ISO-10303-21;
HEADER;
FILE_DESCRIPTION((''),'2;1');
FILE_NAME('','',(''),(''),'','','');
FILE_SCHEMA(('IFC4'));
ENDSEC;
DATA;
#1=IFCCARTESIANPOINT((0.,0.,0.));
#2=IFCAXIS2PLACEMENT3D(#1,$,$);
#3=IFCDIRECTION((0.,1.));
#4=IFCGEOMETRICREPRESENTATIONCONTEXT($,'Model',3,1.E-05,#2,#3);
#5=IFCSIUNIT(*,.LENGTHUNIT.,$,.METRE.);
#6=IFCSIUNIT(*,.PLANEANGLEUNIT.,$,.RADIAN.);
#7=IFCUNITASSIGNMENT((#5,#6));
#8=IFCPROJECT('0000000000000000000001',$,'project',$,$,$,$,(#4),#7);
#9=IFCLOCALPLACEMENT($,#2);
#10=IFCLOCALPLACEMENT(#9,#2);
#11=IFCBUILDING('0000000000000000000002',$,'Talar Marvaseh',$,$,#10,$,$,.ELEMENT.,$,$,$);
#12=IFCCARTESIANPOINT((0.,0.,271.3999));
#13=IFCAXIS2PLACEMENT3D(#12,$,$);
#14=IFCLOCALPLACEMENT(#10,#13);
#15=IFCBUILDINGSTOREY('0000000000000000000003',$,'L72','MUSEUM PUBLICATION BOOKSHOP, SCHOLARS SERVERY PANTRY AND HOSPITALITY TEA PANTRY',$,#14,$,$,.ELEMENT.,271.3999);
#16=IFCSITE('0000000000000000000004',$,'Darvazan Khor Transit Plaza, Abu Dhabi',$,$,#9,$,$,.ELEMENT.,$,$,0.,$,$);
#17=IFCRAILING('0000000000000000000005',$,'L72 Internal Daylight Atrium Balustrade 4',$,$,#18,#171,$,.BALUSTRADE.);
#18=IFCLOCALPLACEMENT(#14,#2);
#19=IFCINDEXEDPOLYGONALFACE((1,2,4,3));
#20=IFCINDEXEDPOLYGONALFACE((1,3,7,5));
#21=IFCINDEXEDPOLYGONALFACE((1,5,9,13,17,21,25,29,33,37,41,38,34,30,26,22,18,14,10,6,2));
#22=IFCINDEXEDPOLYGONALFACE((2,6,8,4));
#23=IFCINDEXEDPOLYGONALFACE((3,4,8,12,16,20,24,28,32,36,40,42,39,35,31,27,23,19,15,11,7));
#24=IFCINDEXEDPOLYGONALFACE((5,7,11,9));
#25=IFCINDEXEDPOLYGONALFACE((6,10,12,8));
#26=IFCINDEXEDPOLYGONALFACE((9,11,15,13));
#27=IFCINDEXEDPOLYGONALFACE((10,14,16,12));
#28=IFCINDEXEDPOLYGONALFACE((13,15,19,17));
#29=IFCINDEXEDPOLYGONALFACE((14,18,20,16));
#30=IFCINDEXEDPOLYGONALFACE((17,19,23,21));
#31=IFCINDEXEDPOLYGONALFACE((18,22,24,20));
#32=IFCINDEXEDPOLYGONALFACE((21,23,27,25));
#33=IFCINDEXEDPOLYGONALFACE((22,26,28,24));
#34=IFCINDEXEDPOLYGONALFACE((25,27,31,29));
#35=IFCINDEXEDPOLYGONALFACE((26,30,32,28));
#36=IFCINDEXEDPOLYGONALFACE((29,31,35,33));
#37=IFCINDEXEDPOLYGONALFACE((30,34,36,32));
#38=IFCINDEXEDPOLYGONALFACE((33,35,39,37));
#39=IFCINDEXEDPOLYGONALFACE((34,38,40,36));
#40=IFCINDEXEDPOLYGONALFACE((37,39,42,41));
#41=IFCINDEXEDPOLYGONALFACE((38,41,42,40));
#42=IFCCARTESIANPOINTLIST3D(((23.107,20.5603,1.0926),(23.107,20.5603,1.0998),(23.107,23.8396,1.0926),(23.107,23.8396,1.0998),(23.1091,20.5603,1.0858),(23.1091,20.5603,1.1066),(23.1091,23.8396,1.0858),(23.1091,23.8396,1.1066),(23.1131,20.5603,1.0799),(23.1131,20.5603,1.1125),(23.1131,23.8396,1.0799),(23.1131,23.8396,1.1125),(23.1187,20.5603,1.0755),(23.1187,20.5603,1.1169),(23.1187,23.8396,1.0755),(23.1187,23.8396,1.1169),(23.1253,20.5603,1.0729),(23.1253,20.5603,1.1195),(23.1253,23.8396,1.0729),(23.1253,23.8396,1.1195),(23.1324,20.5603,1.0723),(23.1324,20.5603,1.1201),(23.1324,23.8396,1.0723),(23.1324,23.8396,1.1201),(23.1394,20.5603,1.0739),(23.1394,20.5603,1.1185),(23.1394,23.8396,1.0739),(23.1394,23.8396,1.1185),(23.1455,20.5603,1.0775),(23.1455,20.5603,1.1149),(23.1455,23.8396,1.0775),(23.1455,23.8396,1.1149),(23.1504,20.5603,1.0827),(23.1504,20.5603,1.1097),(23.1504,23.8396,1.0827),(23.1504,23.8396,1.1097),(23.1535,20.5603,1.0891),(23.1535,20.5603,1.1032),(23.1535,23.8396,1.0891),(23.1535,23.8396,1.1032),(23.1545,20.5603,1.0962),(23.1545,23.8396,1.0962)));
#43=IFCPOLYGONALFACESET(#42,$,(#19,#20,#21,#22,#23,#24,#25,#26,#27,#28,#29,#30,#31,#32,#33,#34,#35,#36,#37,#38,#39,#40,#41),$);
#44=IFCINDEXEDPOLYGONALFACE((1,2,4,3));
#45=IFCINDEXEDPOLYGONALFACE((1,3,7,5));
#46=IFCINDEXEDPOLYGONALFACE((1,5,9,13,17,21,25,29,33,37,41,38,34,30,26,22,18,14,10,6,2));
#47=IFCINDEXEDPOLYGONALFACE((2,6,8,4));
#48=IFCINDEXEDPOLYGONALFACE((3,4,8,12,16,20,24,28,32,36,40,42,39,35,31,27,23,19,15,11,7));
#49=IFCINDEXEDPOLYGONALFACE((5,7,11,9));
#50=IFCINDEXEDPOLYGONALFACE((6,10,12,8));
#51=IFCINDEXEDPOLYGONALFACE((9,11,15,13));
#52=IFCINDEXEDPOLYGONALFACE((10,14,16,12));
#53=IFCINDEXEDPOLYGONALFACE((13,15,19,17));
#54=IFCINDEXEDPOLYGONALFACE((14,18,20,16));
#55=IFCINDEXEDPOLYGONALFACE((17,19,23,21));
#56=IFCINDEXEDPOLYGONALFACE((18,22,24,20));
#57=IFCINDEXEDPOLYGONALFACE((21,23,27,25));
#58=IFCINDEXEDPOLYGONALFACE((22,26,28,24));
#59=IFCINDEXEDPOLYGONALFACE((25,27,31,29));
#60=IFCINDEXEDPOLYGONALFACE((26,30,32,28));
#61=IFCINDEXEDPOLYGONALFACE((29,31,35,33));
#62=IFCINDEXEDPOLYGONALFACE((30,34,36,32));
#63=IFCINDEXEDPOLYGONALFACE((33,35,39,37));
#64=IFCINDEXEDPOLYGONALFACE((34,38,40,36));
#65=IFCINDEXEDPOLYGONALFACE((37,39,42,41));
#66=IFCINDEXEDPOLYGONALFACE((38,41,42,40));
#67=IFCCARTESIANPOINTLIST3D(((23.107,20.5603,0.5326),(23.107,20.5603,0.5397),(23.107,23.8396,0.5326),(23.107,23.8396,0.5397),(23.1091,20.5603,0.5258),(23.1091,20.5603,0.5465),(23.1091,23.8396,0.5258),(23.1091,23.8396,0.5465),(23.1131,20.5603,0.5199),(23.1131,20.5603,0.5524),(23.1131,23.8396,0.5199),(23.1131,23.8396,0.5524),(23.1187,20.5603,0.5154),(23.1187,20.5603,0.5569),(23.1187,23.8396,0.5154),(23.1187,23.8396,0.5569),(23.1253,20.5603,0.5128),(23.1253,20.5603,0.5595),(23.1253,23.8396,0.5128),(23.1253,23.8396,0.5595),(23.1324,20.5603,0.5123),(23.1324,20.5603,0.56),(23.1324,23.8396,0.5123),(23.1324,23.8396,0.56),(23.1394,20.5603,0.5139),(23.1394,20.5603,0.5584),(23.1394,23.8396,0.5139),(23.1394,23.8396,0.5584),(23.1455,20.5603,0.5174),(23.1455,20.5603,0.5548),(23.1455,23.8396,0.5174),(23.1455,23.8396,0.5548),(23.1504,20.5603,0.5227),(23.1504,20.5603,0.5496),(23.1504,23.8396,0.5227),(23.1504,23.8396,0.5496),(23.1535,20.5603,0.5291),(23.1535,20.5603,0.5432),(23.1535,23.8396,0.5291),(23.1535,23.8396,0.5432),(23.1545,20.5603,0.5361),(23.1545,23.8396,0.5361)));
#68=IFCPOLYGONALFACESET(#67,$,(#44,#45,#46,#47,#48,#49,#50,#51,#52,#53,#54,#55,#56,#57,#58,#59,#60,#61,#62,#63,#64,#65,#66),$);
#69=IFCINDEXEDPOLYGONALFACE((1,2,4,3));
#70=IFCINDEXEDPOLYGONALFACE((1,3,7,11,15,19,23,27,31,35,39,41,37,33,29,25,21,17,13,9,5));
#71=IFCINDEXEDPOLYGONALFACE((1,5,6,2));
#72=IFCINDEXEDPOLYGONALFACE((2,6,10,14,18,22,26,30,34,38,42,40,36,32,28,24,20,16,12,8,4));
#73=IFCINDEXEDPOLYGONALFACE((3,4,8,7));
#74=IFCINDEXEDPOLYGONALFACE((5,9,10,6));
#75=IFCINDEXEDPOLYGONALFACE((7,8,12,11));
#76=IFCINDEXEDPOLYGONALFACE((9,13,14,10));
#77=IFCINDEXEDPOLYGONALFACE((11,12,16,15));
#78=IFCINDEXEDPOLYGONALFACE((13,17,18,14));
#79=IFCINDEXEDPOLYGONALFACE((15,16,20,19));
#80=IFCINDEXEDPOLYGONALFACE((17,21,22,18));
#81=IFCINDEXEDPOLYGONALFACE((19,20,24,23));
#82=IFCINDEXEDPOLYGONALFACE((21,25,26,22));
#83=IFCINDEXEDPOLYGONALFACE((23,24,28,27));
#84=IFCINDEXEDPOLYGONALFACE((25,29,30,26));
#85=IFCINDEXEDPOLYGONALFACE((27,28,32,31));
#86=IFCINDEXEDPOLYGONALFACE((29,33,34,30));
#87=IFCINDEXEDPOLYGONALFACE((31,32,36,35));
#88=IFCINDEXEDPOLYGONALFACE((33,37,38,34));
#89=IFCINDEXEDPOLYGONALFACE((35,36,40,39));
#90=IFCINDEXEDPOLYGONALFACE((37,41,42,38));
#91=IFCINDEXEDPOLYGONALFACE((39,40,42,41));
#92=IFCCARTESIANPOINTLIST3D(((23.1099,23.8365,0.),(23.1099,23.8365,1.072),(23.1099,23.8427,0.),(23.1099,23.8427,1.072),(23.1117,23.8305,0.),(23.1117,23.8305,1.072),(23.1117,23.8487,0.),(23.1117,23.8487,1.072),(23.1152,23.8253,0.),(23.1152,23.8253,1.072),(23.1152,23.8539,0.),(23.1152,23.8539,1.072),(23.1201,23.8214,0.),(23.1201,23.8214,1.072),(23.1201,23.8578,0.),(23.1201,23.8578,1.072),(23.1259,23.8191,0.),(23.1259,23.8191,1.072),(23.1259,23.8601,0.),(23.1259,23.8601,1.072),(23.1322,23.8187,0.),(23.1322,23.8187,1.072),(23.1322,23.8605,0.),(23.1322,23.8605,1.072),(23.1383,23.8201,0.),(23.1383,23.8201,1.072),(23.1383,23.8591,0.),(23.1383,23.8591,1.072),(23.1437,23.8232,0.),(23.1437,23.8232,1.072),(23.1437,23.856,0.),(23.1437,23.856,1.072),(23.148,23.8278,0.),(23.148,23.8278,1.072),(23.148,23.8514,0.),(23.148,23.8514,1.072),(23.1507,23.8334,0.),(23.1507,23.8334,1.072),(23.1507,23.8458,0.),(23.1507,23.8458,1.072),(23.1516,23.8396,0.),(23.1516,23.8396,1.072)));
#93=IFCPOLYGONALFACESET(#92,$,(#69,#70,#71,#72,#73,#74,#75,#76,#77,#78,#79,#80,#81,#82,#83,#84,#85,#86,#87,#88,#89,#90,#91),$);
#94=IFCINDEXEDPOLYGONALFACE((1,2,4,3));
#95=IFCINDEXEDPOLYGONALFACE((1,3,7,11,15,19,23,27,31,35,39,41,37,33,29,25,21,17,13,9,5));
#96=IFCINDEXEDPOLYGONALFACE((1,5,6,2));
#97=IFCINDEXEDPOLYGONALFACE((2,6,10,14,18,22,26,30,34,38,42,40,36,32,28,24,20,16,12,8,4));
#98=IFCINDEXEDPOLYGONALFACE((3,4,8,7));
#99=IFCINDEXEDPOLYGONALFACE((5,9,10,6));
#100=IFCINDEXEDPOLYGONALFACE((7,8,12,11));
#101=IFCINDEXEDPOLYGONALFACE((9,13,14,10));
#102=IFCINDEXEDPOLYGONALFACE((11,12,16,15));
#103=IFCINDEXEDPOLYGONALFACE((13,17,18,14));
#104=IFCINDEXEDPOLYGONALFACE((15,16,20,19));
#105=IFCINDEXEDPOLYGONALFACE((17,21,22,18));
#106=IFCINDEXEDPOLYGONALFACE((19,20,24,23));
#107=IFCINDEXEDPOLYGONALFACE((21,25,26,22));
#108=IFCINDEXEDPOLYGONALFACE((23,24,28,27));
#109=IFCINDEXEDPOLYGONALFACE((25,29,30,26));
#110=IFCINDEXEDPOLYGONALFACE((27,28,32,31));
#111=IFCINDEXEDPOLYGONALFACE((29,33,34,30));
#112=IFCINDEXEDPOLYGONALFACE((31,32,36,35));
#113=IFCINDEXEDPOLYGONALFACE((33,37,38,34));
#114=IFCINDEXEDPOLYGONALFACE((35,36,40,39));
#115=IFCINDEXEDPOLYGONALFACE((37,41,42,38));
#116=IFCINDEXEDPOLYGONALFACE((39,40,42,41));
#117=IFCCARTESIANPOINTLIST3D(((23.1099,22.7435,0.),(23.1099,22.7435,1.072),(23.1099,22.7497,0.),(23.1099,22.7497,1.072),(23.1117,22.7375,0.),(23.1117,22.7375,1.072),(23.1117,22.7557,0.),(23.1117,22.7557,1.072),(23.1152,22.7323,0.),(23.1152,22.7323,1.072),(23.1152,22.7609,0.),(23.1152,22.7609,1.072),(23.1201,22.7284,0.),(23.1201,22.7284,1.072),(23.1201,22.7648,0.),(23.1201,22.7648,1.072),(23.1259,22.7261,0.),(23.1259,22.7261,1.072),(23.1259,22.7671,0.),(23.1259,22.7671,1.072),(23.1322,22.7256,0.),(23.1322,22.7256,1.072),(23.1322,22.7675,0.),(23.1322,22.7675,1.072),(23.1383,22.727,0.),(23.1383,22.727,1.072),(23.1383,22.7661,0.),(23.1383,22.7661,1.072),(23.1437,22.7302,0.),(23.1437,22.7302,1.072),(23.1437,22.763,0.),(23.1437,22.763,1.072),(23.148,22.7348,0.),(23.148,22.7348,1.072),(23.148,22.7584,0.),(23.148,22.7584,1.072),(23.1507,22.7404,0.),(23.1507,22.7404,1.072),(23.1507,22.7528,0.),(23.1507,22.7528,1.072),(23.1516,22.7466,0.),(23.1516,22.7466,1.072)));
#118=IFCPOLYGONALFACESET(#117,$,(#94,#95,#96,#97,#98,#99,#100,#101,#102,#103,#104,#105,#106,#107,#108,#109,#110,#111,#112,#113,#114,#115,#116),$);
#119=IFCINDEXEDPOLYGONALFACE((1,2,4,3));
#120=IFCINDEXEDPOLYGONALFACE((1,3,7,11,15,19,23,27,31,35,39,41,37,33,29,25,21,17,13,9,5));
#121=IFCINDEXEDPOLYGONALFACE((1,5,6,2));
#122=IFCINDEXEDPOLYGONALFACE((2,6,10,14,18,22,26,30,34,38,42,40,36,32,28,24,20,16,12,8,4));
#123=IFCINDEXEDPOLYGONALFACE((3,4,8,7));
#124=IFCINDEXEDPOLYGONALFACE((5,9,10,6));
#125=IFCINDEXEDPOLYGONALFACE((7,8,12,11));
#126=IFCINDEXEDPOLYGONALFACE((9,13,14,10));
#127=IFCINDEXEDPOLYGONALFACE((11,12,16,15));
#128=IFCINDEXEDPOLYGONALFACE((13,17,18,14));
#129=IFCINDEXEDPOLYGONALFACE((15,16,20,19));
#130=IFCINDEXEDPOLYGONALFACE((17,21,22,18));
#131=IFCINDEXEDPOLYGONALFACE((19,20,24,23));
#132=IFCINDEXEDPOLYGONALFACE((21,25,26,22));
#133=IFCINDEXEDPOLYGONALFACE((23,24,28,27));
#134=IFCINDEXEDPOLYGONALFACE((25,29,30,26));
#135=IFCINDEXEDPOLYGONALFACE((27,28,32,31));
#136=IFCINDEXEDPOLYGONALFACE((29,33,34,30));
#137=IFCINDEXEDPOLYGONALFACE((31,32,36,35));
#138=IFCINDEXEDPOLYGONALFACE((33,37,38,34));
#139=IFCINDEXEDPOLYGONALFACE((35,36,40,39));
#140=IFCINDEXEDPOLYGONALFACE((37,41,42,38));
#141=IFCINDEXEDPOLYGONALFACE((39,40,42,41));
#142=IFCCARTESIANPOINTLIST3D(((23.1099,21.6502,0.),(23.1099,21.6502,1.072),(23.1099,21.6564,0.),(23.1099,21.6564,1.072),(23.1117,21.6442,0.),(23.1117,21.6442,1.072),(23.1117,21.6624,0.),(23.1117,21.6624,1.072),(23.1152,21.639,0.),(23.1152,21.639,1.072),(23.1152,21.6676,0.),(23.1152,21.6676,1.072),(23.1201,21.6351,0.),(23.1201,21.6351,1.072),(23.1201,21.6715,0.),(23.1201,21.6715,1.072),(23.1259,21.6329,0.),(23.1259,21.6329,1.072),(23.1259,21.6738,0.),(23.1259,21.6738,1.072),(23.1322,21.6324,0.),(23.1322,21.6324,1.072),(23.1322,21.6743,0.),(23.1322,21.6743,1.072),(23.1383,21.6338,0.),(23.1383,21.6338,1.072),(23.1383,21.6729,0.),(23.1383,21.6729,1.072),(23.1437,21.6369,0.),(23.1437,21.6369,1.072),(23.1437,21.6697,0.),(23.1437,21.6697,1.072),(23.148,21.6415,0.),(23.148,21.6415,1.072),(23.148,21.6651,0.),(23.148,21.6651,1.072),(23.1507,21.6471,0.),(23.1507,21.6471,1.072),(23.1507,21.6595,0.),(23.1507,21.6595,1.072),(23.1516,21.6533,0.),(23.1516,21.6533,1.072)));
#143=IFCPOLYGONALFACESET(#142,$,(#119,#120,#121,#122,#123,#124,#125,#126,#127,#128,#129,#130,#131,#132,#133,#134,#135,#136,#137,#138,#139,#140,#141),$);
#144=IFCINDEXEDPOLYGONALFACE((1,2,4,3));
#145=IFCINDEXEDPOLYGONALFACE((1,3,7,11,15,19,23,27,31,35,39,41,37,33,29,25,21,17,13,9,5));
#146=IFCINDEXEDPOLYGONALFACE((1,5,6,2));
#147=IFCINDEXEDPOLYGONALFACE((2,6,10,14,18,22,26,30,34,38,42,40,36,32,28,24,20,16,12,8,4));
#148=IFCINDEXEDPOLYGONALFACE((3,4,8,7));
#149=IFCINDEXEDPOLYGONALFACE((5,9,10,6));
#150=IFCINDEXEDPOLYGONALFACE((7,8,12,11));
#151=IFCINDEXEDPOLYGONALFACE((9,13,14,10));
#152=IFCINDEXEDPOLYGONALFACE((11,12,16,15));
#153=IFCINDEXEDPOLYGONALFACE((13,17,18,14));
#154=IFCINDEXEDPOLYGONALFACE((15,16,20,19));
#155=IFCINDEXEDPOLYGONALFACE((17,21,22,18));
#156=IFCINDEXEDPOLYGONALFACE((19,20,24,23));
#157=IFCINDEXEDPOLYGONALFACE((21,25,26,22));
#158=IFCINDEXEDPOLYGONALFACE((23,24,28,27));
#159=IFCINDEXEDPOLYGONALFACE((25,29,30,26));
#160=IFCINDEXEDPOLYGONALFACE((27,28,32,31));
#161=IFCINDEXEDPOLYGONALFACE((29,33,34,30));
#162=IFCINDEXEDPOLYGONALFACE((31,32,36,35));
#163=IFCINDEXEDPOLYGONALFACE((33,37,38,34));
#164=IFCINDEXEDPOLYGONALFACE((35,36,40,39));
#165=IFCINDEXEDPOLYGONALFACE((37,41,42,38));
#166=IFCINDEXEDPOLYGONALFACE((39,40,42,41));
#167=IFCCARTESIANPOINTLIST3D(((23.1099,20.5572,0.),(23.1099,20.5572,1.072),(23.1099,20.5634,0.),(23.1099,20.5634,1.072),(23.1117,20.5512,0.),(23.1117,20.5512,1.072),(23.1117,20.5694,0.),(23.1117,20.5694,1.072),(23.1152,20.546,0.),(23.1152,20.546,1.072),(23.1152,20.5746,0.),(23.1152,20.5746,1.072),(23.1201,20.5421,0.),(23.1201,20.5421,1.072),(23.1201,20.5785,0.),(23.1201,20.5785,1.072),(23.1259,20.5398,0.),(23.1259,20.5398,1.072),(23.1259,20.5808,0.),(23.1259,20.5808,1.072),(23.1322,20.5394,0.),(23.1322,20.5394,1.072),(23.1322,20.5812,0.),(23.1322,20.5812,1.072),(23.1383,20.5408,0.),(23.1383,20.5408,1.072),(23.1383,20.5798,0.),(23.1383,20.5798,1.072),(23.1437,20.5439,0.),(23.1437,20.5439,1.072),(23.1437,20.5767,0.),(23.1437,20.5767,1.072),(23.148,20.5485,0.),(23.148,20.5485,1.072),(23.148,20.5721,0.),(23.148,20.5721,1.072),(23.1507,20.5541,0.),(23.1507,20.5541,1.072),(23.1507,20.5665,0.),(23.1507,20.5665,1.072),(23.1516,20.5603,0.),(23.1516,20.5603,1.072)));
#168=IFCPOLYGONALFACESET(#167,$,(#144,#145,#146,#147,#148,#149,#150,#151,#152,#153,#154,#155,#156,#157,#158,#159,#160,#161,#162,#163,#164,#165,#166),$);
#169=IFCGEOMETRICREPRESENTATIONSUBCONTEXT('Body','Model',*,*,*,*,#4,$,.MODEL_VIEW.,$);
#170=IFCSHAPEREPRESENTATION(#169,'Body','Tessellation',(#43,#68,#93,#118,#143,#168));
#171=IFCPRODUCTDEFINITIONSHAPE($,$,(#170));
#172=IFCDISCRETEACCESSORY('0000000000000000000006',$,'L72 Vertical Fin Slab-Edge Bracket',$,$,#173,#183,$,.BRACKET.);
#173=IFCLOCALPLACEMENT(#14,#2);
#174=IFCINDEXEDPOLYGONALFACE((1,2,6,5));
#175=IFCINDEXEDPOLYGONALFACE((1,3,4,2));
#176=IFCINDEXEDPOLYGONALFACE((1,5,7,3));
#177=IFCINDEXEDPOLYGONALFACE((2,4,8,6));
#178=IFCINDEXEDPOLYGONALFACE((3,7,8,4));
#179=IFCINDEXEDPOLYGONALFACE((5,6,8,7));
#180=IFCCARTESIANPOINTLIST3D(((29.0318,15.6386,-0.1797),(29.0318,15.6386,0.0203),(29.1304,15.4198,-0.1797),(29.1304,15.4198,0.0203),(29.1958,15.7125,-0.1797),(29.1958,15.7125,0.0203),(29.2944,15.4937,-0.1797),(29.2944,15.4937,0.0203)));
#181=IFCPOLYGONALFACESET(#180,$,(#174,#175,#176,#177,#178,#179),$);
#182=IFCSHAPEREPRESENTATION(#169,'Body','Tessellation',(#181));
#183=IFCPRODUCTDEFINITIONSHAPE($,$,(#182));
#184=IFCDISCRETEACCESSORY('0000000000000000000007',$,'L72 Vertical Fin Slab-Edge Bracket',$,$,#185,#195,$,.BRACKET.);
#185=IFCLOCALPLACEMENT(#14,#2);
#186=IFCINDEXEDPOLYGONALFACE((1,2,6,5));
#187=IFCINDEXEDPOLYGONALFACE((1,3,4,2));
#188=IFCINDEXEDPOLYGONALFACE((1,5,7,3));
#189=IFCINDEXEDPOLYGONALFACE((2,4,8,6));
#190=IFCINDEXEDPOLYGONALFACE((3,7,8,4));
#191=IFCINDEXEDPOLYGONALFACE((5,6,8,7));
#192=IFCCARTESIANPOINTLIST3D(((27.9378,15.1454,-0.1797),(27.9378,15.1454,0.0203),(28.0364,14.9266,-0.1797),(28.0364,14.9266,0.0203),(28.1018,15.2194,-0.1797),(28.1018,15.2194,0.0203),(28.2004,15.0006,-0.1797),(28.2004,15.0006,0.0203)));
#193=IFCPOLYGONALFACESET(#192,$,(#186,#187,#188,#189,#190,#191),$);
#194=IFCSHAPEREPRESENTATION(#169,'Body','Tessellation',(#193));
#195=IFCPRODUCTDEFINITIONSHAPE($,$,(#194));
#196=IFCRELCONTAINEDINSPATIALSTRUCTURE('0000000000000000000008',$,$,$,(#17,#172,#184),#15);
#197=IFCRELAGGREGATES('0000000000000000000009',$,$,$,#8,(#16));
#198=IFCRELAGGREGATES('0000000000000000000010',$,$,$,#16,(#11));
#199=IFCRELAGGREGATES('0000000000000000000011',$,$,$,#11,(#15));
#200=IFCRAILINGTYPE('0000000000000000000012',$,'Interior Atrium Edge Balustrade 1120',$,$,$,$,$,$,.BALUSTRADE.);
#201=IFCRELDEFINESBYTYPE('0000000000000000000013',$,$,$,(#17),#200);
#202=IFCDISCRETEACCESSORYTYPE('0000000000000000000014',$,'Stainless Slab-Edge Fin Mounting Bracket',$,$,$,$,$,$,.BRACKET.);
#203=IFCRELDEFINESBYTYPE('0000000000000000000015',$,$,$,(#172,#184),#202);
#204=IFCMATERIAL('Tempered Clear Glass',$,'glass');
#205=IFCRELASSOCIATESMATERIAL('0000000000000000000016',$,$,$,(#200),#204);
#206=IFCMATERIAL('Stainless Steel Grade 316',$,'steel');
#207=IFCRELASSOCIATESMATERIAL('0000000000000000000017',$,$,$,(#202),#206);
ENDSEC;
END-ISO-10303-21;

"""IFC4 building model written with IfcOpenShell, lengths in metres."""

from ifc_helpers import new_model, si_unit, direction, frame, origin, origin_2d, place, context, subcontext, project, spatial, rectangle, circle, extrude, source, transform, mapped, material, type_object, type_shapes, element, save


model = new_model("IFC4")

# Units and contexts
model_context = context("Model", 3, precision=1e-05, world=origin(), true_north=direction((0.0, 1.0)))
body_context = subcontext(model_context, "Body", "Model", "MODEL_VIEW")
ifc_project = project(units=[si_unit("LENGTHUNIT", "METRE"), si_unit("PLANEANGLEUNIT", "RADIAN")], contexts=[model_context])

# Site, building, storey
site_placement = place(None, origin())
site = spatial("IfcSite", under=ifc_project, at=site_placement, Name="Darvazan Khor Transit Plaza, Abu Dhabi", CompositionType="ELEMENT", RefElevation=0.0)
building_placement = place(site_placement, origin())
building = spatial("IfcBuilding", under=site, at=building_placement, Name="Talar Marvaseh", CompositionType="ELEMENT")
storey_placement = place(building_placement, frame((0.0, 0.0, 271.3999)))
storey = spatial("IfcBuildingStorey", under=building, at=storey_placement, Name="L72", Description="MUSEUM PUBLICATION BOOKSHOP, SCHOLARS SERVERY PANTRY AND HOSPITALITY TEA PANTRY", CompositionType="ELEMENT", Elevation=271.3999)

# Railing
ifc_material_1 = material(Name="Tempered Clear Glass", Category="glass")
railing_type = type_object("IfcRailingType", Name="Interior Atrium Edge Balustrade 1120", PredefinedType="BALUSTRADE", material=ifc_material_1)
railing_1_placement = place(storey_placement, frame((23.1306, 23.8396, 0.0)))
element("IfcRailing", 1, at=railing_1_placement, inside=storey, type_object=railing_type, Name="L72 Internal Daylight Atrium Balustrade 4", PredefinedType="BALUSTRADE", context=body_context, shape_type="SweptSolid", body=[
    extrude(circle(Radius=0.0239, at=origin_2d()), frame((0.0, 0.0, 1.0962), z_axis=(0.0, -1.0, 0.0), x_axis=(1.0, 0.0, 0.0)), (0.0, 0.0, 1.0), 3.2793),
    extrude(circle(Radius=0.0239, at=origin_2d()), frame((0.0, 0.0, 0.5361), z_axis=(0.0, -1.0, 0.0), x_axis=(1.0, 0.0, 0.0)), (0.0, 0.0, 1.0), 3.2793),
    extrude(circle(Radius=0.021, at=origin_2d()), origin(), (0.0, 0.0, 1.0), 1.072),
    extrude(circle(Radius=0.021, at=origin_2d()), frame((0.0, -1.093, 0.0)), (0.0, 0.0, 1.0), 1.072),
    extrude(circle(Radius=0.021, at=origin_2d()), frame((0.0, -2.1863, 0.0)), (0.0, 0.0, 1.0), 1.072),
    extrude(circle(Radius=0.021, at=origin_2d()), frame((0.0, -3.2793, 0.0)), (0.0, 0.0, 1.0), 1.072),
])

# Discrete accessories
ifc_material_2 = material(Name="Stainless Steel Grade 316", Category="steel")
discrete_accessory_type = type_object("IfcDiscreteAccessoryType", Name="Stainless Slab-Edge Fin Mounting Bracket", PredefinedType="BRACKET", material=ifc_material_2)
shared_shape_1 = source(origin(), body_context, "Body", "SweptSolid", [
    extrude(rectangle(XDim=0.24, YDim=0.1799, at=origin_2d()), origin(), (0.0, 0.0, 1.0), 0.2),
])
type_shapes(discrete_accessory_type, [shared_shape_1])
for number, where, z_axis, x_axis, name in (
    (2, (29.1631, 15.5662, -0.1797), (0.0, 0.0, 1.0), (0.410878, -0.91169, 0.0), "L72 Vertical Fin Slab-Edge Bracket"),
    (3, (28.0691, 15.073, -0.1797), (0.0, 0.0, 1.0), (0.410878, -0.91169, 0.0), "L72 Vertical Fin Slab-Edge Bracket"),
):
    element("IfcDiscreteAccessory", number, at=place(storey_placement, frame(where, z_axis=z_axis, x_axis=x_axis)), inside=storey, type_object=discrete_accessory_type, Name=name, PredefinedType="BRACKET", context=body_context, shape_type="MappedRepresentation", body=[
        mapped(shared_shape_1, transform((0.0, 0.0, 0.0), x_axis=(1.0, 0.0, 0.0), y_axis=(0.0, 1.0, 0.0), z_axis=(0.0, 0.0, 1.0), scale=1.0)),
    ])

save(model, "model.ifc")
